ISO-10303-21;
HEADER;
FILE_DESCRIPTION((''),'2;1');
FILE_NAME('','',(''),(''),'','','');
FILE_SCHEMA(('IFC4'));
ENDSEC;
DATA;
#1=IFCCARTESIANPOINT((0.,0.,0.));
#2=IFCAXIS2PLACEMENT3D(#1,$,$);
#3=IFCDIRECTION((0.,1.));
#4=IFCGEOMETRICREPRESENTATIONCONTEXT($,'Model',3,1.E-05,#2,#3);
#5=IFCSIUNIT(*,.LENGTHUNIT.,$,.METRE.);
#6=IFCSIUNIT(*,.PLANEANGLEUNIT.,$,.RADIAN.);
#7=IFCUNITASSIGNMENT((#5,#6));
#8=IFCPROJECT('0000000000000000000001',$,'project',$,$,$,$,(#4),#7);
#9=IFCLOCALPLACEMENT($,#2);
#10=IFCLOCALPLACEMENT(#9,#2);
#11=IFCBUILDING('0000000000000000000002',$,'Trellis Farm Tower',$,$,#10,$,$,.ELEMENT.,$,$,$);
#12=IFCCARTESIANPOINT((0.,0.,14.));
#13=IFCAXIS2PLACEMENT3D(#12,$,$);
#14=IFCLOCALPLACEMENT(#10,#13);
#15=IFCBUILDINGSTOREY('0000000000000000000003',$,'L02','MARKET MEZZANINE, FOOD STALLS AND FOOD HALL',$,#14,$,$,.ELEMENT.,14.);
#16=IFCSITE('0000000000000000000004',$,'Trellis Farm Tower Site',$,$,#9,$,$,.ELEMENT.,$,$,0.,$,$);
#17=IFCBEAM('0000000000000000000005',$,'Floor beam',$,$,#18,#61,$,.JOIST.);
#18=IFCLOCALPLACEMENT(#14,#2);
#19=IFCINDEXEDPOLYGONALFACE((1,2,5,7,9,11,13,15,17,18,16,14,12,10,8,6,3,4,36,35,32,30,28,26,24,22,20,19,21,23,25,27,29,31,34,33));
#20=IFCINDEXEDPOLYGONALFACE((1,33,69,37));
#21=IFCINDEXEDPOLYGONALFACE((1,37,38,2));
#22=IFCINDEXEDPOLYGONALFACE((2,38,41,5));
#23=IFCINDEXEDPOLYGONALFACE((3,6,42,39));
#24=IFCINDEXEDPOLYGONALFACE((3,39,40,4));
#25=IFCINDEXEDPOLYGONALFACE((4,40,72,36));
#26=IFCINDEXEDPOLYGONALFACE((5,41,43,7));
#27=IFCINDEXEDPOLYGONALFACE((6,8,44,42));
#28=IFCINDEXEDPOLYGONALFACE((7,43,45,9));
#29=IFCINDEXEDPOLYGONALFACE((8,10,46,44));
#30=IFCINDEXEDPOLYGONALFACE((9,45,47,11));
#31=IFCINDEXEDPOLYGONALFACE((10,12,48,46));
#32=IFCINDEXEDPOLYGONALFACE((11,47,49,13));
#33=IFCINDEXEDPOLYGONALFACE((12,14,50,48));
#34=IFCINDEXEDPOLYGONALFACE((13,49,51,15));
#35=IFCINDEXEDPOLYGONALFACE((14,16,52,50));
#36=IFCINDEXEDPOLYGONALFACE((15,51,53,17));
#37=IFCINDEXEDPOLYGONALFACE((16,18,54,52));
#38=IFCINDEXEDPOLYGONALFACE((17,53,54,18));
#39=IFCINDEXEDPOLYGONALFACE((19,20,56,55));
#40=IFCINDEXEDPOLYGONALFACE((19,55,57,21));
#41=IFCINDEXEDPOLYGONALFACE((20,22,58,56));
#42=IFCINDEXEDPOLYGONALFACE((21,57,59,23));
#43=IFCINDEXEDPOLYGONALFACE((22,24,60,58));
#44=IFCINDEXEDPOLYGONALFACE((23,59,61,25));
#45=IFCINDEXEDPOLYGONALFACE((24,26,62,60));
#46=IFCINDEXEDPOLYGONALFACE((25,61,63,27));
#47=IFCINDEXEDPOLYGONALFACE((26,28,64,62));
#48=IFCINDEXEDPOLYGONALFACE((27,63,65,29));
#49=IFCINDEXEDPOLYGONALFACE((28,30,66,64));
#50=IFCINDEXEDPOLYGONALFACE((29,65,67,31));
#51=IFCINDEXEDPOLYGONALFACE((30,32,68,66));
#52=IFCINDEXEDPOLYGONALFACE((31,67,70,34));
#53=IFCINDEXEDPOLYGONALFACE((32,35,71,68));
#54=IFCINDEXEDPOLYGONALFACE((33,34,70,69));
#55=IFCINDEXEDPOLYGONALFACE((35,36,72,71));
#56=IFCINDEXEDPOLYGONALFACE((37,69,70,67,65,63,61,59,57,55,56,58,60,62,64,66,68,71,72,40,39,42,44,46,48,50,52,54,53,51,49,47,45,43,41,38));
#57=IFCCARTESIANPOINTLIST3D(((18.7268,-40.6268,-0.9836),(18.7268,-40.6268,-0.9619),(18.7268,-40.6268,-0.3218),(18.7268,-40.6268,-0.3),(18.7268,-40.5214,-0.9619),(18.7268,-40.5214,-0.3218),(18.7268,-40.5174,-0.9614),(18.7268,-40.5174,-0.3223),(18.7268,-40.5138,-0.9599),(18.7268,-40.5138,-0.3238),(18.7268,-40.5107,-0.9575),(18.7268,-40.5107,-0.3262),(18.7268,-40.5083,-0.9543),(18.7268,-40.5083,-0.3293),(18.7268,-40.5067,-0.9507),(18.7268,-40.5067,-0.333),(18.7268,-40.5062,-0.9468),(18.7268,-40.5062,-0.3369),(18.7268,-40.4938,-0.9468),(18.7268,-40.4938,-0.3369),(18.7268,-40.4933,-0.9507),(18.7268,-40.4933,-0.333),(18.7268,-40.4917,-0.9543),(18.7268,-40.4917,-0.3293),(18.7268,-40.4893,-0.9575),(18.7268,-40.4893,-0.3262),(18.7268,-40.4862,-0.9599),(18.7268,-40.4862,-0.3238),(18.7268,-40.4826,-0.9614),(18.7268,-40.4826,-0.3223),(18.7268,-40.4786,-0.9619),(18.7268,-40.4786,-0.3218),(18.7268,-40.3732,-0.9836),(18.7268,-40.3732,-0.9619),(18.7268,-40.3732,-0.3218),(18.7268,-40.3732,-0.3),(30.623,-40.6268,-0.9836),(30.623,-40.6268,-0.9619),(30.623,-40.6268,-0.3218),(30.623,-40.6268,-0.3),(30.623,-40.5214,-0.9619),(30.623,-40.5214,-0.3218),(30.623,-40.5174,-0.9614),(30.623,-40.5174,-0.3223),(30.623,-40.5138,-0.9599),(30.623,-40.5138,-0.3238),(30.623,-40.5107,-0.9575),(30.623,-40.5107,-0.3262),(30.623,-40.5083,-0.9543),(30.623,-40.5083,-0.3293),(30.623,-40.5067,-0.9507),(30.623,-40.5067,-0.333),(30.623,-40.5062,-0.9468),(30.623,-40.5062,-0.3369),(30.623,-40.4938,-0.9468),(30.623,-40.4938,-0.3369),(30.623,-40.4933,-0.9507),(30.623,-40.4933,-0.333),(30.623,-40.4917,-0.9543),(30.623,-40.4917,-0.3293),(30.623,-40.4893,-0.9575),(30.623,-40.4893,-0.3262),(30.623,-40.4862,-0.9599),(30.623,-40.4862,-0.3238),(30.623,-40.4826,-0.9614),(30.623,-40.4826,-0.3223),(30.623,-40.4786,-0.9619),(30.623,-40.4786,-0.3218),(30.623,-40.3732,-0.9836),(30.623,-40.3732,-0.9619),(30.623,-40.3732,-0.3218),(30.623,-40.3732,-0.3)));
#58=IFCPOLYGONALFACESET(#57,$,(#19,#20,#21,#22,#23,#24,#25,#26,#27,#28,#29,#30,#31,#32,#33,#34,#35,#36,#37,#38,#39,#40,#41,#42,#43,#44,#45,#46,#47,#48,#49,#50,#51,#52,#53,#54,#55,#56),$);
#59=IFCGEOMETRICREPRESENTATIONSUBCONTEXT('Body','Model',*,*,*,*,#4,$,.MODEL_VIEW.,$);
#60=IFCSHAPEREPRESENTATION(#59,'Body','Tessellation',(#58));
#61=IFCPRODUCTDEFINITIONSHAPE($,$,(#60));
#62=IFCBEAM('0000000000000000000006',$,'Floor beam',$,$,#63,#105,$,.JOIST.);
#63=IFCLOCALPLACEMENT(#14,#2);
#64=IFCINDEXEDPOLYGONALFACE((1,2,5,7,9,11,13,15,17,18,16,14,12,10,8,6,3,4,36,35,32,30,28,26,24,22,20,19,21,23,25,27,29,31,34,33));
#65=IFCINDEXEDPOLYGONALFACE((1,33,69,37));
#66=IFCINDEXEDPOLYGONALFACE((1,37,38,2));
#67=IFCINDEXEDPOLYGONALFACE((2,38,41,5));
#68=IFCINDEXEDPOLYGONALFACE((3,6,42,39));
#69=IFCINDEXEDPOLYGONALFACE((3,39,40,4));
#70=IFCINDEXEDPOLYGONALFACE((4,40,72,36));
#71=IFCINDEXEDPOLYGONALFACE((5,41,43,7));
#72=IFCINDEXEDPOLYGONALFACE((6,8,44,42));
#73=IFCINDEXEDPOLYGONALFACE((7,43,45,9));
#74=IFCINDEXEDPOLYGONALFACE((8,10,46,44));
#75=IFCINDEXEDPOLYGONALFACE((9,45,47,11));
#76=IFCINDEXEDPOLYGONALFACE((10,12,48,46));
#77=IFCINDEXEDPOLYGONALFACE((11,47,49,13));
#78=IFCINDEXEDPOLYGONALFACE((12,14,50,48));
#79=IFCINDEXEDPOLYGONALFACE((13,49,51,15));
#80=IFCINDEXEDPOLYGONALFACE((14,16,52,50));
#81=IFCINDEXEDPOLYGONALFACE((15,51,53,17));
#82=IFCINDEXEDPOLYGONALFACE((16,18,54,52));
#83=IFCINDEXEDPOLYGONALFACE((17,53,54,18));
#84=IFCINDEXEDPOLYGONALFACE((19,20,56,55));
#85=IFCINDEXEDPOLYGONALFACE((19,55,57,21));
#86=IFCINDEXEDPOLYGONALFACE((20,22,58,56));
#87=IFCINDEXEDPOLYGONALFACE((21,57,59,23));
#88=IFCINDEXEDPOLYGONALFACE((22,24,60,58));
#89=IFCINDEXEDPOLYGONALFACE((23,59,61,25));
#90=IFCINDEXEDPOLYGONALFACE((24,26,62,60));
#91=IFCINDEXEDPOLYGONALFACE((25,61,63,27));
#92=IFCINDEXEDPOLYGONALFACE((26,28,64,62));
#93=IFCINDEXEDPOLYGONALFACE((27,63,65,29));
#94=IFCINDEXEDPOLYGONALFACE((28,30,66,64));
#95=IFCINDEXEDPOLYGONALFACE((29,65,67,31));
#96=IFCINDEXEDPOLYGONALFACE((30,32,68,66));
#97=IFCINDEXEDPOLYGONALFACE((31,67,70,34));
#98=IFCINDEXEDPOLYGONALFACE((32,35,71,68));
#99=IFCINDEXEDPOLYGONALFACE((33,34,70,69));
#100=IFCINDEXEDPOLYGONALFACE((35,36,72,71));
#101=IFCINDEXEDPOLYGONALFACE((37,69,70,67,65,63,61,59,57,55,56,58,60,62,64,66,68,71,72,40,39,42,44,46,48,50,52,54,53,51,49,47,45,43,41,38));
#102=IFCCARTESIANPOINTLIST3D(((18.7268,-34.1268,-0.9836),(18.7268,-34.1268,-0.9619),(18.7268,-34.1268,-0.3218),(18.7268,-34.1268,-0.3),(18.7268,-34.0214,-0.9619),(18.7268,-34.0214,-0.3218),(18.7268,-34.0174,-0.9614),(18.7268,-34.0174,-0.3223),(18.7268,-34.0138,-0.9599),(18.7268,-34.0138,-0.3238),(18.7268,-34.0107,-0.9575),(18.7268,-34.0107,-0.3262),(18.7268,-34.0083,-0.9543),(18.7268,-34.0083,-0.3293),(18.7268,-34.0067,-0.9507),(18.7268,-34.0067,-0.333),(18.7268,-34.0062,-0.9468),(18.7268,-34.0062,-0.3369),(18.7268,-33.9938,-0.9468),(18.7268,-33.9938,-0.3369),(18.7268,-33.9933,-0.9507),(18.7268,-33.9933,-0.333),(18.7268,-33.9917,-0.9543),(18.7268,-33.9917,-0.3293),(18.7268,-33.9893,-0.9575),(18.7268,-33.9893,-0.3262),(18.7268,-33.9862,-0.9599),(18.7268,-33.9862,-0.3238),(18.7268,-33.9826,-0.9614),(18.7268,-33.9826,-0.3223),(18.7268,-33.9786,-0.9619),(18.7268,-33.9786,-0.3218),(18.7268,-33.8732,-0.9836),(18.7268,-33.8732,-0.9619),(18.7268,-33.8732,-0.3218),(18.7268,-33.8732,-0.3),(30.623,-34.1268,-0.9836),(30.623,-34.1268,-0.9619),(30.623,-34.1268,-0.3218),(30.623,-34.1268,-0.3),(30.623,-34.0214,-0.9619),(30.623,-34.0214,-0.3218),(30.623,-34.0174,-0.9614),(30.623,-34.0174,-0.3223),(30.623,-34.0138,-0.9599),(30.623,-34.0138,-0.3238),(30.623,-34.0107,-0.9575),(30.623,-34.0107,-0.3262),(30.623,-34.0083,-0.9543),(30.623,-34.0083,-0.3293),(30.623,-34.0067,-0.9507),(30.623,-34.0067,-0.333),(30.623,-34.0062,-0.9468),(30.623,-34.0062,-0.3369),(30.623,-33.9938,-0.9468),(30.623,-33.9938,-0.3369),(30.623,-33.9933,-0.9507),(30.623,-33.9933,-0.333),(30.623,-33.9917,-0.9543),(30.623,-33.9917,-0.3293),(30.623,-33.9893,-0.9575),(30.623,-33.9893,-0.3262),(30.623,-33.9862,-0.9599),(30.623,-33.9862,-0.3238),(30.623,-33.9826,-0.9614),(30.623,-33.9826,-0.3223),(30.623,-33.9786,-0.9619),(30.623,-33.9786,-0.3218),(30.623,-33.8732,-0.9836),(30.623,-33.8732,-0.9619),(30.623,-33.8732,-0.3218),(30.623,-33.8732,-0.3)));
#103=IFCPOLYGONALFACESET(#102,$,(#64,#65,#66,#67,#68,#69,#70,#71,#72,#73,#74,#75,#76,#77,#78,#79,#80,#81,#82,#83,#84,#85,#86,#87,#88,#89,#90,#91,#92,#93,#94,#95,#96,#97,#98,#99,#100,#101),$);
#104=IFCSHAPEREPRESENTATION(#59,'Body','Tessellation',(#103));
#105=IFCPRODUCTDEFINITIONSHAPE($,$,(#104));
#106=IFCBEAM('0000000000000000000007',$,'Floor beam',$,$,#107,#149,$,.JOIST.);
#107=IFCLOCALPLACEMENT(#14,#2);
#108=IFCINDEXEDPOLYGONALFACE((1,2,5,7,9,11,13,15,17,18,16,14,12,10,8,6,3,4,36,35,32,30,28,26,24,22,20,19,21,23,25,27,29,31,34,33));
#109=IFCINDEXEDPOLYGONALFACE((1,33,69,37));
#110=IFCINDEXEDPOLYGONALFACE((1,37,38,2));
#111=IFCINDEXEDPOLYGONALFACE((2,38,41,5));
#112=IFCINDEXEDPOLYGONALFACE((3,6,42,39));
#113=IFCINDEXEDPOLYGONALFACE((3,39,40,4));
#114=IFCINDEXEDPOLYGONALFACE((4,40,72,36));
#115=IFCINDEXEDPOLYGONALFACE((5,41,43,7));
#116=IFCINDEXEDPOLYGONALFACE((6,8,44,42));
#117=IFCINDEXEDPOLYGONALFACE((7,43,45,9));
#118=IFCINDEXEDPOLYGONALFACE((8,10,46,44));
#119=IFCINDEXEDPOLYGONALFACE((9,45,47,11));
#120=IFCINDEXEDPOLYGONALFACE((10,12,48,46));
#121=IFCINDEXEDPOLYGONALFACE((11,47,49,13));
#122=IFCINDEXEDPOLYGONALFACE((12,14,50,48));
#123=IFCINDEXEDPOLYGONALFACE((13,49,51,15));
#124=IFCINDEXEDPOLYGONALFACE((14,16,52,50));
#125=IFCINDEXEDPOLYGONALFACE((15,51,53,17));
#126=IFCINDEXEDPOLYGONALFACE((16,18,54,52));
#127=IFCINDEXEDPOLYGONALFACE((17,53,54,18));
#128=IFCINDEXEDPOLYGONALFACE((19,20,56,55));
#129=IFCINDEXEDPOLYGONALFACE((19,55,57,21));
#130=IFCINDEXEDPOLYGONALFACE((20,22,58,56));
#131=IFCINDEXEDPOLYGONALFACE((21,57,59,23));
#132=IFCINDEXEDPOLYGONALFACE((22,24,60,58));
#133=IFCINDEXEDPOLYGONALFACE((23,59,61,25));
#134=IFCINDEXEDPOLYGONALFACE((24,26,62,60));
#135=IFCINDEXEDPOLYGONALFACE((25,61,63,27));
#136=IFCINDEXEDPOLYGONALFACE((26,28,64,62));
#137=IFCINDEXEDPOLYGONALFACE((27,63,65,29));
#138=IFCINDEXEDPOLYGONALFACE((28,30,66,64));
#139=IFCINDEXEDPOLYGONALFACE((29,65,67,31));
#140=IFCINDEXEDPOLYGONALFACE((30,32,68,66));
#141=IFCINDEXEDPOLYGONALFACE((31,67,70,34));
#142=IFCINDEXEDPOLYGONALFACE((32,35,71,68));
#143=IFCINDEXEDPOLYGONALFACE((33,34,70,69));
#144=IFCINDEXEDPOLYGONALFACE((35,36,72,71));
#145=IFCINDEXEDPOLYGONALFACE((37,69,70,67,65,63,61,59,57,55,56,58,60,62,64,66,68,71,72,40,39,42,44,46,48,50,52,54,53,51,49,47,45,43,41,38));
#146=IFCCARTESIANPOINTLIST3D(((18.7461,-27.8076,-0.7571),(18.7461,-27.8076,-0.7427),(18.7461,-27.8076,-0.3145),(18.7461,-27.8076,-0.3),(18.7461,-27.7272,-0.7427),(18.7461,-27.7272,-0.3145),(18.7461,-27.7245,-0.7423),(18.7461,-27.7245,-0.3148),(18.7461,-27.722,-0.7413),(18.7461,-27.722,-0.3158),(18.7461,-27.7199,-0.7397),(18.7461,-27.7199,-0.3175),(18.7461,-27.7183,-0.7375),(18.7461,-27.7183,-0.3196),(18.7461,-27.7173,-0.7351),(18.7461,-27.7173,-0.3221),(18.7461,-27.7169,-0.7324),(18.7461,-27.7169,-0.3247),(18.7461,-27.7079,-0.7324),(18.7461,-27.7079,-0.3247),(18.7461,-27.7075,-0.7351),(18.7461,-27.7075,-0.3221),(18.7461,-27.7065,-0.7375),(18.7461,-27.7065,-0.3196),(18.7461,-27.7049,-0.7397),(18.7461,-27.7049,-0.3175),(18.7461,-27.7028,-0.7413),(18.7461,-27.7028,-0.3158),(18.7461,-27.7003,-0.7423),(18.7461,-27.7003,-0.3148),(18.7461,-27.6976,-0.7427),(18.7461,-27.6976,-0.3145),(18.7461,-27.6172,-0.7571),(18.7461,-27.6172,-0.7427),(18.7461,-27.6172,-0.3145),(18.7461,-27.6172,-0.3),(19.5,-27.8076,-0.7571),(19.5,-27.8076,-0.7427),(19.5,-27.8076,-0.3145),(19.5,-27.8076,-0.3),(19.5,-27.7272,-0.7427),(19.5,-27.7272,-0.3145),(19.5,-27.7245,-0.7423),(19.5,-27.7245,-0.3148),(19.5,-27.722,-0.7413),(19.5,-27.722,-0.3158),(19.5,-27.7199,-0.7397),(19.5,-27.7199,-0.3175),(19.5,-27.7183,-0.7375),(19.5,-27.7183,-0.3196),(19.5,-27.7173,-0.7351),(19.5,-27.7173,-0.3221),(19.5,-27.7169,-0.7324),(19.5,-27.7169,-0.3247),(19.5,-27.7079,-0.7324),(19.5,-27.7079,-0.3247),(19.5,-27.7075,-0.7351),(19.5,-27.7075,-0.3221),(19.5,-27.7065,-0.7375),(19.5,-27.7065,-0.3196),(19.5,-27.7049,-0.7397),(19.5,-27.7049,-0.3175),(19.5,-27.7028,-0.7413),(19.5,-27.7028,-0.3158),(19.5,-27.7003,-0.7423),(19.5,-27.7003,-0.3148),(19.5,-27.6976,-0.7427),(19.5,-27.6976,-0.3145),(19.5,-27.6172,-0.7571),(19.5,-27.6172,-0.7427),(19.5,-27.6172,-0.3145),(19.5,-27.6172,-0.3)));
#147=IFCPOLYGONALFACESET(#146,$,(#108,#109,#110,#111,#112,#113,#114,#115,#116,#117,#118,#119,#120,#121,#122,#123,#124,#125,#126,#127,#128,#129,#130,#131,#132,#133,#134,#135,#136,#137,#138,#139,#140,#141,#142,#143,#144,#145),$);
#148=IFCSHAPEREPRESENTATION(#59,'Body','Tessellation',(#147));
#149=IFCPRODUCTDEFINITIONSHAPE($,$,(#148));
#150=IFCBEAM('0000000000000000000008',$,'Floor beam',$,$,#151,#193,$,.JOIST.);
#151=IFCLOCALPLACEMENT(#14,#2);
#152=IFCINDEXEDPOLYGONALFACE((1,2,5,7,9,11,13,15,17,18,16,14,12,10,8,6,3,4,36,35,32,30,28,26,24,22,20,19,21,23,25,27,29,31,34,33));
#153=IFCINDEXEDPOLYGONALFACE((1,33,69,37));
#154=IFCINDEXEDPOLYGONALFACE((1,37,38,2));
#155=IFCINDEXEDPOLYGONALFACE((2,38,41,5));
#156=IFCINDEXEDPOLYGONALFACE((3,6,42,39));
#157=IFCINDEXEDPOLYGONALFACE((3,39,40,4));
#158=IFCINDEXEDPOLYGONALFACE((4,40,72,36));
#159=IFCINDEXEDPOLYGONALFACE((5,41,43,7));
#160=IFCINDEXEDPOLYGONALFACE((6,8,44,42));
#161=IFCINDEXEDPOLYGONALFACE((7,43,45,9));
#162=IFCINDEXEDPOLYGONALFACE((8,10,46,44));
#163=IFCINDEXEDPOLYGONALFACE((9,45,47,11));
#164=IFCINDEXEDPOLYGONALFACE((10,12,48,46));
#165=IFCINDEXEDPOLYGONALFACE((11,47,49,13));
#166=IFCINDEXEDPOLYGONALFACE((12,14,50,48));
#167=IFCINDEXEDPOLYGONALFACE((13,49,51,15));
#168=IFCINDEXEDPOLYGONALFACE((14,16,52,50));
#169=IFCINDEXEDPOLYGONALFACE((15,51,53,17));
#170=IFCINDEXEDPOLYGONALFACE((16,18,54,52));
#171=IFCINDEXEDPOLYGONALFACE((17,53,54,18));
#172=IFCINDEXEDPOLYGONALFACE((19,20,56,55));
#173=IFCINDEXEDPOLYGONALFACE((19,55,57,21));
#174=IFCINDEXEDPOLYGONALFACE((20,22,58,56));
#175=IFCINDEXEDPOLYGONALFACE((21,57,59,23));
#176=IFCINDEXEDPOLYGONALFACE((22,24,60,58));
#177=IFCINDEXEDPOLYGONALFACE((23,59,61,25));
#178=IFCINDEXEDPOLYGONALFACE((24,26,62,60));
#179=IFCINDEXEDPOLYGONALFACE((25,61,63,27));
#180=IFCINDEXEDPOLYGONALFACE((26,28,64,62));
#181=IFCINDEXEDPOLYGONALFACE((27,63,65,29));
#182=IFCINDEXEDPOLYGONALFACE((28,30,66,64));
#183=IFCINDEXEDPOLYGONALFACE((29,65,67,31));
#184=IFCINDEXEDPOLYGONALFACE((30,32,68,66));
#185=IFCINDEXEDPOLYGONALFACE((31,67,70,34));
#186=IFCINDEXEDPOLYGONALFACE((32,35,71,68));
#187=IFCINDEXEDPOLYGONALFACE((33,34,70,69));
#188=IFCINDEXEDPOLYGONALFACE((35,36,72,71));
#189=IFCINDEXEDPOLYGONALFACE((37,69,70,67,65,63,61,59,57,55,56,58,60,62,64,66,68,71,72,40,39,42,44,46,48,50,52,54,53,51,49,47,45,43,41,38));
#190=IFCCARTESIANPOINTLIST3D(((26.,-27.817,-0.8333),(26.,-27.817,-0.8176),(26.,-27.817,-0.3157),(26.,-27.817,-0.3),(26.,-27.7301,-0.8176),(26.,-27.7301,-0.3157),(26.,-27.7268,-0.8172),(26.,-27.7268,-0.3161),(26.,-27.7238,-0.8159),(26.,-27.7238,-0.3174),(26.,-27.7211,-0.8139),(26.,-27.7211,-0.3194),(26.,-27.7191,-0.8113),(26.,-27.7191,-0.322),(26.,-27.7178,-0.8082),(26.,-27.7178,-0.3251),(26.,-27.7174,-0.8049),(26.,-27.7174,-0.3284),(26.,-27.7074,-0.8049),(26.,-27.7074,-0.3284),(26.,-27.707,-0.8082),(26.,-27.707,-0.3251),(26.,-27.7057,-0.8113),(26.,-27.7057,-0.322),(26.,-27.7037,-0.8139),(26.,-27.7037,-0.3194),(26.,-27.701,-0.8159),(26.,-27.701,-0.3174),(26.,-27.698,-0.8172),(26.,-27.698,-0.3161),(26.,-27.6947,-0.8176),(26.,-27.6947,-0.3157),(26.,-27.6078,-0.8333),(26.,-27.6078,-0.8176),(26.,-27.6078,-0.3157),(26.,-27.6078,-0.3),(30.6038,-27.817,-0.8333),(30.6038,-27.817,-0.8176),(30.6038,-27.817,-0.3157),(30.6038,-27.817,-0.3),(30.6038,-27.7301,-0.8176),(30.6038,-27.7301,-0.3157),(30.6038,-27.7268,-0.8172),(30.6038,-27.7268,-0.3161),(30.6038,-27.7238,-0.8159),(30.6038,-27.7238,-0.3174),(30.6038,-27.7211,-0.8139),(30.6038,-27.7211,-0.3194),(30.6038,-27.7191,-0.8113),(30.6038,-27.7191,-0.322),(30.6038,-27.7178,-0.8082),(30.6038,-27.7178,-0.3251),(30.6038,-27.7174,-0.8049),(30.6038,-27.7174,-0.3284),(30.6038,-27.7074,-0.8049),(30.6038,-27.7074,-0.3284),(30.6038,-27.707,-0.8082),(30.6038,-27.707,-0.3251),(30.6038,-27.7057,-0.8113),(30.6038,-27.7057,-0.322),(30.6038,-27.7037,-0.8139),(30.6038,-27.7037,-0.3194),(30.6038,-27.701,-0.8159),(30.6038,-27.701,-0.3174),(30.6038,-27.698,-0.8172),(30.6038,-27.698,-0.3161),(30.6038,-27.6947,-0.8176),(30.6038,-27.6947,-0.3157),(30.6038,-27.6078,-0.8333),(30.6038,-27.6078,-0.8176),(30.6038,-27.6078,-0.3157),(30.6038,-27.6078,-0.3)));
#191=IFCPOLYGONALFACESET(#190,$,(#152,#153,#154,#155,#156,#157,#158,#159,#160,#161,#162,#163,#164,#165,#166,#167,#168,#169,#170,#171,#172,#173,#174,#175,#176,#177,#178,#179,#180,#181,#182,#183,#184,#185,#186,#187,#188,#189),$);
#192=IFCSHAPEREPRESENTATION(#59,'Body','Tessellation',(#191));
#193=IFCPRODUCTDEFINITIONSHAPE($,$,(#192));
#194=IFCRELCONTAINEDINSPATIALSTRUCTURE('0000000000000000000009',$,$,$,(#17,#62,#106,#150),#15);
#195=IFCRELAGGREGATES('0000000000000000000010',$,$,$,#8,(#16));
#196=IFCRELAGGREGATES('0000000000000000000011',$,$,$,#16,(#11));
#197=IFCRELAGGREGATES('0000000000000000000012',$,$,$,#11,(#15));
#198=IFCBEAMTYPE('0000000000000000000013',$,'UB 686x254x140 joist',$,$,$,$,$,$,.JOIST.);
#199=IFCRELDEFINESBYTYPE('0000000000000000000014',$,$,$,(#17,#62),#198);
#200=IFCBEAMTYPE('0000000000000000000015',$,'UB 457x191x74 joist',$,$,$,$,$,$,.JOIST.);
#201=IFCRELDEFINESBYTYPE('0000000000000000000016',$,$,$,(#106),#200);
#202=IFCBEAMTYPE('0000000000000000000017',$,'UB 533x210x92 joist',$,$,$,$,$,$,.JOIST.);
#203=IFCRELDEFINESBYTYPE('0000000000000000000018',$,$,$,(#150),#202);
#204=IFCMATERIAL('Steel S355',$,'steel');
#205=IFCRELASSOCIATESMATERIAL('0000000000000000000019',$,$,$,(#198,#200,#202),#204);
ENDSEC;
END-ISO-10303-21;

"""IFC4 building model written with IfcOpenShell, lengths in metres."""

from ifc_helpers import new_model, si_unit, direction, frame, origin, origin_2d, place, context, subcontext, project, spatial, i_section, extrude, source, transform, mapped, material, material_profile, profile_set, type_object, element, save


model = new_model("IFC4")

# Units and contexts
model_context = context("Model", 3, precision=1e-05, world=origin(), true_north=direction((0.0, 1.0)))
body_context = subcontext(model_context, "Body", "Model", "MODEL_VIEW")
ifc_project = project(units=[si_unit("LENGTHUNIT", "METRE"), si_unit("PLANEANGLEUNIT", "RADIAN")], contexts=[model_context])

# Site, building, storey
site_placement = place(None, origin())
site = spatial("IfcSite", under=ifc_project, at=site_placement, Name="Trellis Farm Tower Site", CompositionType="ELEMENT", RefElevation=0.0)
building_placement = place(site_placement, origin())
building = spatial("IfcBuilding", under=site, at=building_placement, Name="Trellis Farm Tower", CompositionType="ELEMENT")
storey_placement = place(building_placement, frame((0.0, 0.0, 14.0)))
storey = spatial("IfcBuildingStorey", under=building, at=storey_placement, Name="L02", Description="MARKET MEZZANINE, FOOD STALLS AND FOOD HALL", CompositionType="ELEMENT", Elevation=14.0)

# Beams
ifc_material_1 = material(Name="Steel S355", Category="steel")
ifc_material_profile_1 = material_profile(ifc_material_1, i_section(OverallWidth=0.2537, OverallDepth=0.6836, WebThickness=0.0125, FlangeThickness=0.0217, FilletRadius=0.0151, at=origin_2d()), Name="UB 686x254x140")
ifc_profile_set_1 = profile_set([ifc_material_profile_1], Name="Steel S355")
beam_type_1 = type_object("IfcBeamType", Name="UB 686x254x140 joist", PredefinedType="JOIST", material=ifc_profile_set_1)
shared_shape_1 = source(origin(), body_context, "Body", "SweptSolid", [
    extrude(i_section(OverallWidth=0.2537, OverallDepth=0.6836, WebThickness=0.0125, FlangeThickness=0.0217, FilletRadius=0.0151, at=origin_2d()), origin(), (0.0, 0.0, 1.0), 11.8962),
])
for number, where, z_axis, x_axis, name in (
    (1, (18.7268, -40.5, -0.6418), (1.0, 0.0, 0.0), (0.0, 1.0, 0.0), "Floor beam"),
    (2, (18.7268, -34.0, -0.6418), (1.0, 0.0, 0.0), (0.0, 1.0, 0.0), "Floor beam"),
):
    element("IfcBeam", number, at=place(storey_placement, frame(where, z_axis=z_axis, x_axis=x_axis)), inside=storey, type_object=beam_type_1, Name=name, PredefinedType="JOIST", context=body_context, shape_type="MappedRepresentation", body=[
        mapped(shared_shape_1, transform((0.0, 0.0, 0.0))),
    ])
ifc_material_profile_2 = material_profile(ifc_material_1, i_section(OverallWidth=0.1904, OverallDepth=0.457, WebThickness=0.009, FlangeThickness=0.0144, FilletRadius=0.0103, at=origin_2d()), Name="UB 457x191x74")
ifc_profile_set_2 = profile_set([ifc_material_profile_2], Name="Steel S355")
beam_type_2 = type_object("IfcBeamType", Name="UB 457x191x74 joist", PredefinedType="JOIST", material=ifc_profile_set_2)
shared_shape_2 = source(origin(), body_context, "Body", "SweptSolid", [
    extrude(i_section(OverallWidth=0.1904, OverallDepth=0.457, WebThickness=0.009, FlangeThickness=0.0144, FilletRadius=0.0103, at=origin_2d()), origin(), (0.0, 0.0, 1.0), 0.7539),
])
beam_1_placement = place(storey_placement, frame((18.7461, -27.7124, -0.5286), z_axis=(1.0, 0.0, 0.0), x_axis=(0.0, 1.0, 0.0)))
element("IfcBeam", 3, at=beam_1_placement, inside=storey, type_object=beam_type_2, Name="Floor beam", PredefinedType="JOIST", context=body_context, shape_type="MappedRepresentation", body=[
    mapped(shared_shape_2, transform((0.0, 0.0, 0.0))),
])
ifc_material_profile_3 = material_profile(ifc_material_1, i_section(OverallWidth=0.2092, OverallDepth=0.5332, WebThickness=0.01, FlangeThickness=0.0156, FilletRadius=0.0127, at=origin_2d()), Name="UB 533x210x92")
ifc_profile_set_3 = profile_set([ifc_material_profile_3], Name="Steel S355")
beam_type_3 = type_object("IfcBeamType", Name="UB 533x210x92 joist", PredefinedType="JOIST", material=ifc_profile_set_3)
shared_shape_3 = source(origin(), body_context, "Body", "SweptSolid", [
    extrude(i_section(OverallWidth=0.2092, OverallDepth=0.5332, WebThickness=0.01, FlangeThickness=0.0156, FilletRadius=0.0127, at=origin_2d()), origin(), (0.0, 0.0, 1.0), 4.6038),
])
beam_2_placement = place(storey_placement, frame((26.0, -27.7124, -0.5667), z_axis=(1.0, 0.0, 0.0), x_axis=(0.0, 1.0, 0.0)))
element("IfcBeam", 4, at=beam_2_placement, inside=storey, type_object=beam_type_3, Name="Floor beam", PredefinedType="JOIST", context=body_context, shape_type="MappedRepresentation", body=[
    mapped(shared_shape_3, transform((0.0, 0.0, 0.0))),
])

save(model, "model.ifc")
